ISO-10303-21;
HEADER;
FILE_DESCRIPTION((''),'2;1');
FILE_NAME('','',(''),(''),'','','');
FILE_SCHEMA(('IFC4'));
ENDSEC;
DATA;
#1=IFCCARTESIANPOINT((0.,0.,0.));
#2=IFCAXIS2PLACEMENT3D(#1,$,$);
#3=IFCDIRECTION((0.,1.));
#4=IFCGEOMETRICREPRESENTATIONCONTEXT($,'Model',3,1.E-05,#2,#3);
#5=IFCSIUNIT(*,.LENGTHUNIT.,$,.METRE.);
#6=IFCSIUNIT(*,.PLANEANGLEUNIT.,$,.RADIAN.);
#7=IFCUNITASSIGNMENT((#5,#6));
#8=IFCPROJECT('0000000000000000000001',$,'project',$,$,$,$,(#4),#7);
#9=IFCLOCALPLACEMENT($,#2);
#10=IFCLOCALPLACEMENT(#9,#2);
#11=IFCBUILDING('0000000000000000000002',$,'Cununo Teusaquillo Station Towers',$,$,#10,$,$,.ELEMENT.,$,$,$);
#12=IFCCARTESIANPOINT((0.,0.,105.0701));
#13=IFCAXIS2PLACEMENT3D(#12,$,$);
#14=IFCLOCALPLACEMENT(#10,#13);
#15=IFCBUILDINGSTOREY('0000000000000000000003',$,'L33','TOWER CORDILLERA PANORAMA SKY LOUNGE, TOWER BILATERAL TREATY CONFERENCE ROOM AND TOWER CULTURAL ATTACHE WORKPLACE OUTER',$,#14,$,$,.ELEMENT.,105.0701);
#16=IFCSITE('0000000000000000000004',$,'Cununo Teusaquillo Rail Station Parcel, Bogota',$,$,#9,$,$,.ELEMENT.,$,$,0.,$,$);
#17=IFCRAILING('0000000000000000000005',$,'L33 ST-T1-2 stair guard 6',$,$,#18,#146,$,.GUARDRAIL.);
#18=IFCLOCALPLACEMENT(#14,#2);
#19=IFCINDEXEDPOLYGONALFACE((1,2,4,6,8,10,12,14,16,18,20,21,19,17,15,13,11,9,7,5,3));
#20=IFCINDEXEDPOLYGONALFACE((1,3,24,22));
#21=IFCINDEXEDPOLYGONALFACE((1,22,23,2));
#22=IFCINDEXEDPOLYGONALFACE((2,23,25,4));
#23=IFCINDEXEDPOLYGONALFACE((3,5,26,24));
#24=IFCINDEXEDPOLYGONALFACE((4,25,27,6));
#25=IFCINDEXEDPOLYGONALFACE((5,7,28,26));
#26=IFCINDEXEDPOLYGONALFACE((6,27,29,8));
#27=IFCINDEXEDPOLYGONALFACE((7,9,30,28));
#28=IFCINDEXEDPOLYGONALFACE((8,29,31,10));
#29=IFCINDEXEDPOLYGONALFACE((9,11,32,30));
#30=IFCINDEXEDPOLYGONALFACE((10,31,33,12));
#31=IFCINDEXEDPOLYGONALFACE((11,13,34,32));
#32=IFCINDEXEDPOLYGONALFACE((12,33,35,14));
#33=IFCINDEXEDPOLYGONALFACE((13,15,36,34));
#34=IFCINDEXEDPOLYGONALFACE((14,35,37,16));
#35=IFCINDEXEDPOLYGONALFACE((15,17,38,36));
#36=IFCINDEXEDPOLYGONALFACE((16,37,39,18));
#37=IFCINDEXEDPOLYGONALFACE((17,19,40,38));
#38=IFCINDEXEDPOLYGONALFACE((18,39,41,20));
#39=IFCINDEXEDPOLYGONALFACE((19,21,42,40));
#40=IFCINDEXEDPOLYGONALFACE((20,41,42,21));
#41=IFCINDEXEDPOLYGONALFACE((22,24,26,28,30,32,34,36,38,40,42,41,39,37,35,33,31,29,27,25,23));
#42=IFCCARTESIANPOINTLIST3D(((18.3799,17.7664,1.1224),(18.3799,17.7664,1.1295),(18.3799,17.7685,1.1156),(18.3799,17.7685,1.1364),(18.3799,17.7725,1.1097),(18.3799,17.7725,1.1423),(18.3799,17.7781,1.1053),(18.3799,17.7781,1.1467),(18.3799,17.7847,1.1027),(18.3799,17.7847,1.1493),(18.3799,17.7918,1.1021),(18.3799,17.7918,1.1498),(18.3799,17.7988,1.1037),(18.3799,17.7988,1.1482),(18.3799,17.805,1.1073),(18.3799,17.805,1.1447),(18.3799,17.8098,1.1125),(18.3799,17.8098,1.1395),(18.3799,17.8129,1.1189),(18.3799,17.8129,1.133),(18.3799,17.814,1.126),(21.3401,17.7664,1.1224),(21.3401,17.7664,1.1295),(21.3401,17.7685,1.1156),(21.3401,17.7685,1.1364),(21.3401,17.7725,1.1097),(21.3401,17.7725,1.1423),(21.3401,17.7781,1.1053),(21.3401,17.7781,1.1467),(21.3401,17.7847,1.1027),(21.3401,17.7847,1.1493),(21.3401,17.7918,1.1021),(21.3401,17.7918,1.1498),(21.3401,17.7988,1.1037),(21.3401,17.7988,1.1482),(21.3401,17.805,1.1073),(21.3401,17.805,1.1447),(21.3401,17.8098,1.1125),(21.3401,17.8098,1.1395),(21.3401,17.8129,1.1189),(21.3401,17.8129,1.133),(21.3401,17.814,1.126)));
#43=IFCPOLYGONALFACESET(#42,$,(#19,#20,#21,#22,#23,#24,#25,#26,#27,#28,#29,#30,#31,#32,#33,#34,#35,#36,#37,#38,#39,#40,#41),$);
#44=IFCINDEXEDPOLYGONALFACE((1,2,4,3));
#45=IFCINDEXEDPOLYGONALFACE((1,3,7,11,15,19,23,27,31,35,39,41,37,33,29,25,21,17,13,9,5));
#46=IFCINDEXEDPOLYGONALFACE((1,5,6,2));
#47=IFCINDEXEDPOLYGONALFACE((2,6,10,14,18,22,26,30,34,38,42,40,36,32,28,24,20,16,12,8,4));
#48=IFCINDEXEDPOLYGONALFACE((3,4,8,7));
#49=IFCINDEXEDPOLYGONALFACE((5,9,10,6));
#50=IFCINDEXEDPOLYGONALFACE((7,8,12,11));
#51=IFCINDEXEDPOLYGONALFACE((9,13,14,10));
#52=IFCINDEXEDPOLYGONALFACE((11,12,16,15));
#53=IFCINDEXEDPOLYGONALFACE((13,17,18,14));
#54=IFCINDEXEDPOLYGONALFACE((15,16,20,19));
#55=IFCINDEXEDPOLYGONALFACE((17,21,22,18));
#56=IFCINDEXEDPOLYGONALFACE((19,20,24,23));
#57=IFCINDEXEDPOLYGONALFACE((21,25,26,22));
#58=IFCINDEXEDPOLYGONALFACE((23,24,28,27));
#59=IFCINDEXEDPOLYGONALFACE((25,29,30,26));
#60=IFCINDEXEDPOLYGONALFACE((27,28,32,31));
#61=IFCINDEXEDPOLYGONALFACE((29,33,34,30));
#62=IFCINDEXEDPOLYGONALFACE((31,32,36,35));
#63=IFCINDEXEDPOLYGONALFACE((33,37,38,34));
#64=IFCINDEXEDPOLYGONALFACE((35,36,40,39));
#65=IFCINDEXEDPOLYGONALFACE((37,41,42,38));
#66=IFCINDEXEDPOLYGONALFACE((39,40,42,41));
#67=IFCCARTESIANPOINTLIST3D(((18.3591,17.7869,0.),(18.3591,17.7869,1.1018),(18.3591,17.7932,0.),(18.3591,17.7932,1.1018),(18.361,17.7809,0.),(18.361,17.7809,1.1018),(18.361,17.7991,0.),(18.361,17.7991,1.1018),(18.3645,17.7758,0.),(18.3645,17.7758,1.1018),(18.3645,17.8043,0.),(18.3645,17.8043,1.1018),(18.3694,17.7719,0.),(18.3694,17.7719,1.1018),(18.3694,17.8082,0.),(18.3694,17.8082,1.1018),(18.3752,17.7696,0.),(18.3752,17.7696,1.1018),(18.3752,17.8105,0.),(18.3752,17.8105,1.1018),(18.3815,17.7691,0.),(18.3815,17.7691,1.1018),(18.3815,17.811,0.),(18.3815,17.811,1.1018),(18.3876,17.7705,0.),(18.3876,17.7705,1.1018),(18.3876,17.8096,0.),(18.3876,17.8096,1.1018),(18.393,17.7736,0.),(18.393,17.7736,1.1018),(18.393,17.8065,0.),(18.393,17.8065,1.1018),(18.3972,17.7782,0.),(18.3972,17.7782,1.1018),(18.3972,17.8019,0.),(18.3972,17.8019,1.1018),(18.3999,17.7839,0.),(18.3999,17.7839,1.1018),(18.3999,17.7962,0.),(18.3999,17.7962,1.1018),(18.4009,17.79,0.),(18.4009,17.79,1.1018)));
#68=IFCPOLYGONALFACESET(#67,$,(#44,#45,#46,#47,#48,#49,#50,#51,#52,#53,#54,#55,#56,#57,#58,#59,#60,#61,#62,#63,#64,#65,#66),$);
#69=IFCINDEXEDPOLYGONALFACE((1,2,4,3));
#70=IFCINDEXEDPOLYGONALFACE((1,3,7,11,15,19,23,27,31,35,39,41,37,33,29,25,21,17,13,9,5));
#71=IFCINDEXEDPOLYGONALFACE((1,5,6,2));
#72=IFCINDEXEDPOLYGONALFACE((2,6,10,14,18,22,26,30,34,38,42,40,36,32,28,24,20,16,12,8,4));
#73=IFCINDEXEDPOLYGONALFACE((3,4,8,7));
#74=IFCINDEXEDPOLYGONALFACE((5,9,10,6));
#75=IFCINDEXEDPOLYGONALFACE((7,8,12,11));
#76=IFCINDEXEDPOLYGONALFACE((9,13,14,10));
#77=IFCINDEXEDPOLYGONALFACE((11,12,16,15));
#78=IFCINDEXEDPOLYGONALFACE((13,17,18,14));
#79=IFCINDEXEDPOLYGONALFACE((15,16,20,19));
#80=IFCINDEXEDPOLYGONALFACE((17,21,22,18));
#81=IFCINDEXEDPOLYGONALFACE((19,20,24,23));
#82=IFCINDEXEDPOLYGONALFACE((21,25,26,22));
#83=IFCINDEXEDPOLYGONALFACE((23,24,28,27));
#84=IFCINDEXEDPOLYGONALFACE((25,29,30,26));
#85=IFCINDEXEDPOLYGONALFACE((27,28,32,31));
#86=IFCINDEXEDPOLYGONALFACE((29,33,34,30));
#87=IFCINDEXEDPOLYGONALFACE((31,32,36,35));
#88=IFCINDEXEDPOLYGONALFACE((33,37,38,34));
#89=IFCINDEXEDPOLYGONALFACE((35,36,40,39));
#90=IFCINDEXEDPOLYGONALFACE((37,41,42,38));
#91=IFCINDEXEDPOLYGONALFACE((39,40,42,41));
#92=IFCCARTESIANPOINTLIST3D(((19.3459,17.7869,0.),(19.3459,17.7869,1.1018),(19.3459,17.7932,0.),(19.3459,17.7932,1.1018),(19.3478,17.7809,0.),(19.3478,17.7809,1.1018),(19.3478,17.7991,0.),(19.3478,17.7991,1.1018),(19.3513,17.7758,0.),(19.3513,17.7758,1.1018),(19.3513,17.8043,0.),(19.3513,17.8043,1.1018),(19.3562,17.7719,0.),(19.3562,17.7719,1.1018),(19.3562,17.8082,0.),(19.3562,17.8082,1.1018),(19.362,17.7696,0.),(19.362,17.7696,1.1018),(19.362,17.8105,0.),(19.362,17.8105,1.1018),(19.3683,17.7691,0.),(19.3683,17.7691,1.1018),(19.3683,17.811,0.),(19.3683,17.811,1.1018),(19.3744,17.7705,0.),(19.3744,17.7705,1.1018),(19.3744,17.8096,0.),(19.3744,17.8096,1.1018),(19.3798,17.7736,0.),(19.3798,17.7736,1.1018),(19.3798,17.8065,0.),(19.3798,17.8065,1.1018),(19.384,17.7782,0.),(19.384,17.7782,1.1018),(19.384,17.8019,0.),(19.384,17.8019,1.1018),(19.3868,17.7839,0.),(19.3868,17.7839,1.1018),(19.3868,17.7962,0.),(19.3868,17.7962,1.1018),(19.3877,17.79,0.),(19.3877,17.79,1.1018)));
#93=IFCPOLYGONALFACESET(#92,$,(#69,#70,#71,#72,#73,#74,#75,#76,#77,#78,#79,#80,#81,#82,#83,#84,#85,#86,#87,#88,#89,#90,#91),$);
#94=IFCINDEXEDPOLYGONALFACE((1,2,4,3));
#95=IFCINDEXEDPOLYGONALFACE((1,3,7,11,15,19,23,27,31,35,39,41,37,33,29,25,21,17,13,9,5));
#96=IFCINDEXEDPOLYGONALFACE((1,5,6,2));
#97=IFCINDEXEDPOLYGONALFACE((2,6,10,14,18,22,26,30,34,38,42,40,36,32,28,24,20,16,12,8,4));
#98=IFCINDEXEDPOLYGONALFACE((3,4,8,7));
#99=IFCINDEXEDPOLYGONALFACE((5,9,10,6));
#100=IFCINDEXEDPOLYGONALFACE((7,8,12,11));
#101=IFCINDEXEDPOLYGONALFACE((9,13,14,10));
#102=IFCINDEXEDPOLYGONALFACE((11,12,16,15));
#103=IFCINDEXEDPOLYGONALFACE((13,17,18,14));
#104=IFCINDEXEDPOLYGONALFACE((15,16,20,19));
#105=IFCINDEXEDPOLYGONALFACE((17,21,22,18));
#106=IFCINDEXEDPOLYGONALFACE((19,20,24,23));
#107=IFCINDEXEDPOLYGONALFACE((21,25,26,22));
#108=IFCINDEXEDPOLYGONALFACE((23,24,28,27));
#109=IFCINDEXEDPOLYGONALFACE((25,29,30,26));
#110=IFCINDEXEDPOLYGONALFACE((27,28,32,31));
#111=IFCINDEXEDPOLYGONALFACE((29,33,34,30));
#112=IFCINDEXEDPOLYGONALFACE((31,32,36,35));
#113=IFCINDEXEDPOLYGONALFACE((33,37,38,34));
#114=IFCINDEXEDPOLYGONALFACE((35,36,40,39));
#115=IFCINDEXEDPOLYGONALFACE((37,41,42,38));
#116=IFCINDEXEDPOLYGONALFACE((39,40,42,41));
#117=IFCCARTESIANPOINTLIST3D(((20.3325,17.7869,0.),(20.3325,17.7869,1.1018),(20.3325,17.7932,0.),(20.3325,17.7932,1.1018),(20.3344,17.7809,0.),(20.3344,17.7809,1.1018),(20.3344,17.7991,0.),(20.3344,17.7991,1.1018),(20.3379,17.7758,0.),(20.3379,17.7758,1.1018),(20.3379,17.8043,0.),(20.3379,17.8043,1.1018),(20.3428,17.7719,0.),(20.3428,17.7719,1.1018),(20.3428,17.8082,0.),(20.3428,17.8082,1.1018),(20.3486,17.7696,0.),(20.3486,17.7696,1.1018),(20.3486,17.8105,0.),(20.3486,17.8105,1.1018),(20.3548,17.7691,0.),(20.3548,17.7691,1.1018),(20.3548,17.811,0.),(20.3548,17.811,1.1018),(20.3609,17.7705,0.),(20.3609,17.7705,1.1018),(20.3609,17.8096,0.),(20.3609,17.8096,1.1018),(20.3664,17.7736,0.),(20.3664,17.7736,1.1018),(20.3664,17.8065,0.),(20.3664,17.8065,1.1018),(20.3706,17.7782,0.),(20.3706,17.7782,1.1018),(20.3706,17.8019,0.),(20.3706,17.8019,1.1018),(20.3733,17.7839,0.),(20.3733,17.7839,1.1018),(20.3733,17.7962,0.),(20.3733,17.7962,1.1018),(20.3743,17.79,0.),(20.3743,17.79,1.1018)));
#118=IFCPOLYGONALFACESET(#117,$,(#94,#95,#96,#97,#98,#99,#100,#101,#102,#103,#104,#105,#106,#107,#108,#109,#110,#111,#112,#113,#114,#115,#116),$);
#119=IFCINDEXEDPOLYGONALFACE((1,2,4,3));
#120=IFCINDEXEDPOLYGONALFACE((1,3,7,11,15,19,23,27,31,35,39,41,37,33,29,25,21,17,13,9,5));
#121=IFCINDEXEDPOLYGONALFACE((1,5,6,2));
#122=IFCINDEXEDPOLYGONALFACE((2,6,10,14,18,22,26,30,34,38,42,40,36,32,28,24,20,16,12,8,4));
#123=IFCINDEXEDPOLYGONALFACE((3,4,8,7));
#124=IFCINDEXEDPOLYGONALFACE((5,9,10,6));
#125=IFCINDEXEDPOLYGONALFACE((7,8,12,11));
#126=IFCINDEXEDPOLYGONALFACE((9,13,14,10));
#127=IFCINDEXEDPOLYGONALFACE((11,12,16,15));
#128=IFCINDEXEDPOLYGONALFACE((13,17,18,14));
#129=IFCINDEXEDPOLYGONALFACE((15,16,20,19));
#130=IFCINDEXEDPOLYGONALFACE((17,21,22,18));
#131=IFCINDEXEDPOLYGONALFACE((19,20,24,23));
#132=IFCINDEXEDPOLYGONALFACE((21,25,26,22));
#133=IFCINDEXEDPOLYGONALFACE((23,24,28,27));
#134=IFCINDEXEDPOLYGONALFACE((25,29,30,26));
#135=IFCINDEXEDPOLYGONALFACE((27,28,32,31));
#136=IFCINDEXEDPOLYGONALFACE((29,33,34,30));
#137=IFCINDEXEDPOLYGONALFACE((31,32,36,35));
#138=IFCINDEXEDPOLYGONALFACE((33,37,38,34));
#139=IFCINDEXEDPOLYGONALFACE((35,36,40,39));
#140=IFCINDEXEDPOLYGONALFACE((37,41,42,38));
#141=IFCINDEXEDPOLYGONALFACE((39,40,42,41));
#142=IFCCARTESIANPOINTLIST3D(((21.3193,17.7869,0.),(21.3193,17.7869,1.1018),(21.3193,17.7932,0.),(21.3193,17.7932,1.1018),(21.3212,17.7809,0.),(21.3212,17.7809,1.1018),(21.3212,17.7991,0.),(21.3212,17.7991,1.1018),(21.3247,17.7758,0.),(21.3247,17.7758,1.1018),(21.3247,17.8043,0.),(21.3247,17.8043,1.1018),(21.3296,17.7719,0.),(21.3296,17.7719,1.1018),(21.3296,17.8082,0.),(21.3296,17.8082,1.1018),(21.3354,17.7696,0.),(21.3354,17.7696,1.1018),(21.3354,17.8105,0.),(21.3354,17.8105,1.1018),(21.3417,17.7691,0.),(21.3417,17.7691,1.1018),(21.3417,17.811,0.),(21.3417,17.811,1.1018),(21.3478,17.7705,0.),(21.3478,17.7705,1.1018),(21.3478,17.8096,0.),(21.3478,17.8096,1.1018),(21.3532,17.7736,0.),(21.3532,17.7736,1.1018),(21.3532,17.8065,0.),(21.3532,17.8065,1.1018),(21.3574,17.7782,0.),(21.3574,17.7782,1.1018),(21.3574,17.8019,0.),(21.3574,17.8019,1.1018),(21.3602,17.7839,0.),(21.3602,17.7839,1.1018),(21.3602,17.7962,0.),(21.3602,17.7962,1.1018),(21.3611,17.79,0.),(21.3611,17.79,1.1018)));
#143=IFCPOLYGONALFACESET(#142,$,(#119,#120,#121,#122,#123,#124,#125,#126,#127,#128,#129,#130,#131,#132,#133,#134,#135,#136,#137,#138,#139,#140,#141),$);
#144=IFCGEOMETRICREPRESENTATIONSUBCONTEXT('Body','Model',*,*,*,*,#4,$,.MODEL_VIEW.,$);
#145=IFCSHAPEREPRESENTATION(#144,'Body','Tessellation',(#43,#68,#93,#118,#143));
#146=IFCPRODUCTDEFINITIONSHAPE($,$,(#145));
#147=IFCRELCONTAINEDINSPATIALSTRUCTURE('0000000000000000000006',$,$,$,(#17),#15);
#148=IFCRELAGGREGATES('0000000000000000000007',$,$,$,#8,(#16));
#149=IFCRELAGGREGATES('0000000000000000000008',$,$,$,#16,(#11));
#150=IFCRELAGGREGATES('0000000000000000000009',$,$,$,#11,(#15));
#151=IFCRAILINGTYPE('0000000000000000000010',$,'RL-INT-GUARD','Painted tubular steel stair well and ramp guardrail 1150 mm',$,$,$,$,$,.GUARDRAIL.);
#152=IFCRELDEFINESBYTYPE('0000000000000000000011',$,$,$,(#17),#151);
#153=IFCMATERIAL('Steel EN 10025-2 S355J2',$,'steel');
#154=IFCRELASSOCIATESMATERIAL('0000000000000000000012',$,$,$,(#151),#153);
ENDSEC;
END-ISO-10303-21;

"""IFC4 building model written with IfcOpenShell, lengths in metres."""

from ifc_helpers import new_model, si_unit, direction, frame, origin, origin_2d, place, context, subcontext, project, spatial, circle, extrude, material, type_object, element, save


model = new_model("IFC4")

# Units and contexts
model_context = context("Model", 3, precision=1e-05, world=origin(), true_north=direction((0.0, 1.0)))
body_context = subcontext(model_context, "Body", "Model", "MODEL_VIEW")
ifc_project = project(units=[si_unit("LENGTHUNIT", "METRE"), si_unit("PLANEANGLEUNIT", "RADIAN")], contexts=[model_context])

# Site, building, storey
site_placement = place(None, origin())
site = spatial("IfcSite", under=ifc_project, at=site_placement, Name="Cununo Teusaquillo Rail Station Parcel, Bogota", CompositionType="ELEMENT", RefElevation=0.0)
building_placement = place(site_placement, origin())
building = spatial("IfcBuilding", under=site, at=building_placement, Name="Cununo Teusaquillo Station Towers", CompositionType="ELEMENT")
storey_placement = place(building_placement, frame((0.0, 0.0, 105.0701)))
storey = spatial("IfcBuildingStorey", under=building, at=storey_placement, Name="L33", Description="TOWER CORDILLERA PANORAMA SKY LOUNGE, TOWER BILATERAL TREATY CONFERENCE ROOM AND TOWER CULTURAL ATTACHE WORKPLACE OUTER", CompositionType="ELEMENT", Elevation=105.0701)

# Railing
ifc_material_1 = material(Name="Steel EN 10025-2 S355J2", Category="steel")
railing_type_1 = type_object("IfcRailingType", Name="RL-INT-GUARD", Description="Painted tubular steel stair well and ramp guardrail 1150 mm", PredefinedType="GUARDRAIL", material=ifc_material_1)
railing_1_placement = place(storey_placement, frame((18.3799, 17.79, 0.0)))
element("IfcRailing", 1, at=railing_1_placement, inside=storey, type_object=railing_type_1, Name="L33 ST-T1-2 stair guard 6", PredefinedType="GUARDRAIL", context=body_context, shape_type="SweptSolid", body=[
    extrude(circle(Radius=0.0239, at=origin_2d()), frame((0.0, 0.0, 1.126), z_axis=(1.0, 0.0, 0.0), x_axis=(0.0, 1.0, 0.0)), (0.0, 0.0, 1.0), 2.9602),
    extrude(circle(Radius=0.021, at=origin_2d()), origin(), (0.0, 0.0, 1.0), 1.1018),
    extrude(circle(Radius=0.021, at=origin_2d()), frame((0.9868, 0.0, 0.0)), (0.0, 0.0, 1.0), 1.1018),
    extrude(circle(Radius=0.021, at=origin_2d()), frame((1.9734, 0.0, 0.0)), (0.0, 0.0, 1.0), 1.1018),
    extrude(circle(Radius=0.021, at=origin_2d()), frame((2.9602, 0.0, 0.0)), (0.0, 0.0, 1.0), 1.1018),
])

save(model, "model.ifc")
